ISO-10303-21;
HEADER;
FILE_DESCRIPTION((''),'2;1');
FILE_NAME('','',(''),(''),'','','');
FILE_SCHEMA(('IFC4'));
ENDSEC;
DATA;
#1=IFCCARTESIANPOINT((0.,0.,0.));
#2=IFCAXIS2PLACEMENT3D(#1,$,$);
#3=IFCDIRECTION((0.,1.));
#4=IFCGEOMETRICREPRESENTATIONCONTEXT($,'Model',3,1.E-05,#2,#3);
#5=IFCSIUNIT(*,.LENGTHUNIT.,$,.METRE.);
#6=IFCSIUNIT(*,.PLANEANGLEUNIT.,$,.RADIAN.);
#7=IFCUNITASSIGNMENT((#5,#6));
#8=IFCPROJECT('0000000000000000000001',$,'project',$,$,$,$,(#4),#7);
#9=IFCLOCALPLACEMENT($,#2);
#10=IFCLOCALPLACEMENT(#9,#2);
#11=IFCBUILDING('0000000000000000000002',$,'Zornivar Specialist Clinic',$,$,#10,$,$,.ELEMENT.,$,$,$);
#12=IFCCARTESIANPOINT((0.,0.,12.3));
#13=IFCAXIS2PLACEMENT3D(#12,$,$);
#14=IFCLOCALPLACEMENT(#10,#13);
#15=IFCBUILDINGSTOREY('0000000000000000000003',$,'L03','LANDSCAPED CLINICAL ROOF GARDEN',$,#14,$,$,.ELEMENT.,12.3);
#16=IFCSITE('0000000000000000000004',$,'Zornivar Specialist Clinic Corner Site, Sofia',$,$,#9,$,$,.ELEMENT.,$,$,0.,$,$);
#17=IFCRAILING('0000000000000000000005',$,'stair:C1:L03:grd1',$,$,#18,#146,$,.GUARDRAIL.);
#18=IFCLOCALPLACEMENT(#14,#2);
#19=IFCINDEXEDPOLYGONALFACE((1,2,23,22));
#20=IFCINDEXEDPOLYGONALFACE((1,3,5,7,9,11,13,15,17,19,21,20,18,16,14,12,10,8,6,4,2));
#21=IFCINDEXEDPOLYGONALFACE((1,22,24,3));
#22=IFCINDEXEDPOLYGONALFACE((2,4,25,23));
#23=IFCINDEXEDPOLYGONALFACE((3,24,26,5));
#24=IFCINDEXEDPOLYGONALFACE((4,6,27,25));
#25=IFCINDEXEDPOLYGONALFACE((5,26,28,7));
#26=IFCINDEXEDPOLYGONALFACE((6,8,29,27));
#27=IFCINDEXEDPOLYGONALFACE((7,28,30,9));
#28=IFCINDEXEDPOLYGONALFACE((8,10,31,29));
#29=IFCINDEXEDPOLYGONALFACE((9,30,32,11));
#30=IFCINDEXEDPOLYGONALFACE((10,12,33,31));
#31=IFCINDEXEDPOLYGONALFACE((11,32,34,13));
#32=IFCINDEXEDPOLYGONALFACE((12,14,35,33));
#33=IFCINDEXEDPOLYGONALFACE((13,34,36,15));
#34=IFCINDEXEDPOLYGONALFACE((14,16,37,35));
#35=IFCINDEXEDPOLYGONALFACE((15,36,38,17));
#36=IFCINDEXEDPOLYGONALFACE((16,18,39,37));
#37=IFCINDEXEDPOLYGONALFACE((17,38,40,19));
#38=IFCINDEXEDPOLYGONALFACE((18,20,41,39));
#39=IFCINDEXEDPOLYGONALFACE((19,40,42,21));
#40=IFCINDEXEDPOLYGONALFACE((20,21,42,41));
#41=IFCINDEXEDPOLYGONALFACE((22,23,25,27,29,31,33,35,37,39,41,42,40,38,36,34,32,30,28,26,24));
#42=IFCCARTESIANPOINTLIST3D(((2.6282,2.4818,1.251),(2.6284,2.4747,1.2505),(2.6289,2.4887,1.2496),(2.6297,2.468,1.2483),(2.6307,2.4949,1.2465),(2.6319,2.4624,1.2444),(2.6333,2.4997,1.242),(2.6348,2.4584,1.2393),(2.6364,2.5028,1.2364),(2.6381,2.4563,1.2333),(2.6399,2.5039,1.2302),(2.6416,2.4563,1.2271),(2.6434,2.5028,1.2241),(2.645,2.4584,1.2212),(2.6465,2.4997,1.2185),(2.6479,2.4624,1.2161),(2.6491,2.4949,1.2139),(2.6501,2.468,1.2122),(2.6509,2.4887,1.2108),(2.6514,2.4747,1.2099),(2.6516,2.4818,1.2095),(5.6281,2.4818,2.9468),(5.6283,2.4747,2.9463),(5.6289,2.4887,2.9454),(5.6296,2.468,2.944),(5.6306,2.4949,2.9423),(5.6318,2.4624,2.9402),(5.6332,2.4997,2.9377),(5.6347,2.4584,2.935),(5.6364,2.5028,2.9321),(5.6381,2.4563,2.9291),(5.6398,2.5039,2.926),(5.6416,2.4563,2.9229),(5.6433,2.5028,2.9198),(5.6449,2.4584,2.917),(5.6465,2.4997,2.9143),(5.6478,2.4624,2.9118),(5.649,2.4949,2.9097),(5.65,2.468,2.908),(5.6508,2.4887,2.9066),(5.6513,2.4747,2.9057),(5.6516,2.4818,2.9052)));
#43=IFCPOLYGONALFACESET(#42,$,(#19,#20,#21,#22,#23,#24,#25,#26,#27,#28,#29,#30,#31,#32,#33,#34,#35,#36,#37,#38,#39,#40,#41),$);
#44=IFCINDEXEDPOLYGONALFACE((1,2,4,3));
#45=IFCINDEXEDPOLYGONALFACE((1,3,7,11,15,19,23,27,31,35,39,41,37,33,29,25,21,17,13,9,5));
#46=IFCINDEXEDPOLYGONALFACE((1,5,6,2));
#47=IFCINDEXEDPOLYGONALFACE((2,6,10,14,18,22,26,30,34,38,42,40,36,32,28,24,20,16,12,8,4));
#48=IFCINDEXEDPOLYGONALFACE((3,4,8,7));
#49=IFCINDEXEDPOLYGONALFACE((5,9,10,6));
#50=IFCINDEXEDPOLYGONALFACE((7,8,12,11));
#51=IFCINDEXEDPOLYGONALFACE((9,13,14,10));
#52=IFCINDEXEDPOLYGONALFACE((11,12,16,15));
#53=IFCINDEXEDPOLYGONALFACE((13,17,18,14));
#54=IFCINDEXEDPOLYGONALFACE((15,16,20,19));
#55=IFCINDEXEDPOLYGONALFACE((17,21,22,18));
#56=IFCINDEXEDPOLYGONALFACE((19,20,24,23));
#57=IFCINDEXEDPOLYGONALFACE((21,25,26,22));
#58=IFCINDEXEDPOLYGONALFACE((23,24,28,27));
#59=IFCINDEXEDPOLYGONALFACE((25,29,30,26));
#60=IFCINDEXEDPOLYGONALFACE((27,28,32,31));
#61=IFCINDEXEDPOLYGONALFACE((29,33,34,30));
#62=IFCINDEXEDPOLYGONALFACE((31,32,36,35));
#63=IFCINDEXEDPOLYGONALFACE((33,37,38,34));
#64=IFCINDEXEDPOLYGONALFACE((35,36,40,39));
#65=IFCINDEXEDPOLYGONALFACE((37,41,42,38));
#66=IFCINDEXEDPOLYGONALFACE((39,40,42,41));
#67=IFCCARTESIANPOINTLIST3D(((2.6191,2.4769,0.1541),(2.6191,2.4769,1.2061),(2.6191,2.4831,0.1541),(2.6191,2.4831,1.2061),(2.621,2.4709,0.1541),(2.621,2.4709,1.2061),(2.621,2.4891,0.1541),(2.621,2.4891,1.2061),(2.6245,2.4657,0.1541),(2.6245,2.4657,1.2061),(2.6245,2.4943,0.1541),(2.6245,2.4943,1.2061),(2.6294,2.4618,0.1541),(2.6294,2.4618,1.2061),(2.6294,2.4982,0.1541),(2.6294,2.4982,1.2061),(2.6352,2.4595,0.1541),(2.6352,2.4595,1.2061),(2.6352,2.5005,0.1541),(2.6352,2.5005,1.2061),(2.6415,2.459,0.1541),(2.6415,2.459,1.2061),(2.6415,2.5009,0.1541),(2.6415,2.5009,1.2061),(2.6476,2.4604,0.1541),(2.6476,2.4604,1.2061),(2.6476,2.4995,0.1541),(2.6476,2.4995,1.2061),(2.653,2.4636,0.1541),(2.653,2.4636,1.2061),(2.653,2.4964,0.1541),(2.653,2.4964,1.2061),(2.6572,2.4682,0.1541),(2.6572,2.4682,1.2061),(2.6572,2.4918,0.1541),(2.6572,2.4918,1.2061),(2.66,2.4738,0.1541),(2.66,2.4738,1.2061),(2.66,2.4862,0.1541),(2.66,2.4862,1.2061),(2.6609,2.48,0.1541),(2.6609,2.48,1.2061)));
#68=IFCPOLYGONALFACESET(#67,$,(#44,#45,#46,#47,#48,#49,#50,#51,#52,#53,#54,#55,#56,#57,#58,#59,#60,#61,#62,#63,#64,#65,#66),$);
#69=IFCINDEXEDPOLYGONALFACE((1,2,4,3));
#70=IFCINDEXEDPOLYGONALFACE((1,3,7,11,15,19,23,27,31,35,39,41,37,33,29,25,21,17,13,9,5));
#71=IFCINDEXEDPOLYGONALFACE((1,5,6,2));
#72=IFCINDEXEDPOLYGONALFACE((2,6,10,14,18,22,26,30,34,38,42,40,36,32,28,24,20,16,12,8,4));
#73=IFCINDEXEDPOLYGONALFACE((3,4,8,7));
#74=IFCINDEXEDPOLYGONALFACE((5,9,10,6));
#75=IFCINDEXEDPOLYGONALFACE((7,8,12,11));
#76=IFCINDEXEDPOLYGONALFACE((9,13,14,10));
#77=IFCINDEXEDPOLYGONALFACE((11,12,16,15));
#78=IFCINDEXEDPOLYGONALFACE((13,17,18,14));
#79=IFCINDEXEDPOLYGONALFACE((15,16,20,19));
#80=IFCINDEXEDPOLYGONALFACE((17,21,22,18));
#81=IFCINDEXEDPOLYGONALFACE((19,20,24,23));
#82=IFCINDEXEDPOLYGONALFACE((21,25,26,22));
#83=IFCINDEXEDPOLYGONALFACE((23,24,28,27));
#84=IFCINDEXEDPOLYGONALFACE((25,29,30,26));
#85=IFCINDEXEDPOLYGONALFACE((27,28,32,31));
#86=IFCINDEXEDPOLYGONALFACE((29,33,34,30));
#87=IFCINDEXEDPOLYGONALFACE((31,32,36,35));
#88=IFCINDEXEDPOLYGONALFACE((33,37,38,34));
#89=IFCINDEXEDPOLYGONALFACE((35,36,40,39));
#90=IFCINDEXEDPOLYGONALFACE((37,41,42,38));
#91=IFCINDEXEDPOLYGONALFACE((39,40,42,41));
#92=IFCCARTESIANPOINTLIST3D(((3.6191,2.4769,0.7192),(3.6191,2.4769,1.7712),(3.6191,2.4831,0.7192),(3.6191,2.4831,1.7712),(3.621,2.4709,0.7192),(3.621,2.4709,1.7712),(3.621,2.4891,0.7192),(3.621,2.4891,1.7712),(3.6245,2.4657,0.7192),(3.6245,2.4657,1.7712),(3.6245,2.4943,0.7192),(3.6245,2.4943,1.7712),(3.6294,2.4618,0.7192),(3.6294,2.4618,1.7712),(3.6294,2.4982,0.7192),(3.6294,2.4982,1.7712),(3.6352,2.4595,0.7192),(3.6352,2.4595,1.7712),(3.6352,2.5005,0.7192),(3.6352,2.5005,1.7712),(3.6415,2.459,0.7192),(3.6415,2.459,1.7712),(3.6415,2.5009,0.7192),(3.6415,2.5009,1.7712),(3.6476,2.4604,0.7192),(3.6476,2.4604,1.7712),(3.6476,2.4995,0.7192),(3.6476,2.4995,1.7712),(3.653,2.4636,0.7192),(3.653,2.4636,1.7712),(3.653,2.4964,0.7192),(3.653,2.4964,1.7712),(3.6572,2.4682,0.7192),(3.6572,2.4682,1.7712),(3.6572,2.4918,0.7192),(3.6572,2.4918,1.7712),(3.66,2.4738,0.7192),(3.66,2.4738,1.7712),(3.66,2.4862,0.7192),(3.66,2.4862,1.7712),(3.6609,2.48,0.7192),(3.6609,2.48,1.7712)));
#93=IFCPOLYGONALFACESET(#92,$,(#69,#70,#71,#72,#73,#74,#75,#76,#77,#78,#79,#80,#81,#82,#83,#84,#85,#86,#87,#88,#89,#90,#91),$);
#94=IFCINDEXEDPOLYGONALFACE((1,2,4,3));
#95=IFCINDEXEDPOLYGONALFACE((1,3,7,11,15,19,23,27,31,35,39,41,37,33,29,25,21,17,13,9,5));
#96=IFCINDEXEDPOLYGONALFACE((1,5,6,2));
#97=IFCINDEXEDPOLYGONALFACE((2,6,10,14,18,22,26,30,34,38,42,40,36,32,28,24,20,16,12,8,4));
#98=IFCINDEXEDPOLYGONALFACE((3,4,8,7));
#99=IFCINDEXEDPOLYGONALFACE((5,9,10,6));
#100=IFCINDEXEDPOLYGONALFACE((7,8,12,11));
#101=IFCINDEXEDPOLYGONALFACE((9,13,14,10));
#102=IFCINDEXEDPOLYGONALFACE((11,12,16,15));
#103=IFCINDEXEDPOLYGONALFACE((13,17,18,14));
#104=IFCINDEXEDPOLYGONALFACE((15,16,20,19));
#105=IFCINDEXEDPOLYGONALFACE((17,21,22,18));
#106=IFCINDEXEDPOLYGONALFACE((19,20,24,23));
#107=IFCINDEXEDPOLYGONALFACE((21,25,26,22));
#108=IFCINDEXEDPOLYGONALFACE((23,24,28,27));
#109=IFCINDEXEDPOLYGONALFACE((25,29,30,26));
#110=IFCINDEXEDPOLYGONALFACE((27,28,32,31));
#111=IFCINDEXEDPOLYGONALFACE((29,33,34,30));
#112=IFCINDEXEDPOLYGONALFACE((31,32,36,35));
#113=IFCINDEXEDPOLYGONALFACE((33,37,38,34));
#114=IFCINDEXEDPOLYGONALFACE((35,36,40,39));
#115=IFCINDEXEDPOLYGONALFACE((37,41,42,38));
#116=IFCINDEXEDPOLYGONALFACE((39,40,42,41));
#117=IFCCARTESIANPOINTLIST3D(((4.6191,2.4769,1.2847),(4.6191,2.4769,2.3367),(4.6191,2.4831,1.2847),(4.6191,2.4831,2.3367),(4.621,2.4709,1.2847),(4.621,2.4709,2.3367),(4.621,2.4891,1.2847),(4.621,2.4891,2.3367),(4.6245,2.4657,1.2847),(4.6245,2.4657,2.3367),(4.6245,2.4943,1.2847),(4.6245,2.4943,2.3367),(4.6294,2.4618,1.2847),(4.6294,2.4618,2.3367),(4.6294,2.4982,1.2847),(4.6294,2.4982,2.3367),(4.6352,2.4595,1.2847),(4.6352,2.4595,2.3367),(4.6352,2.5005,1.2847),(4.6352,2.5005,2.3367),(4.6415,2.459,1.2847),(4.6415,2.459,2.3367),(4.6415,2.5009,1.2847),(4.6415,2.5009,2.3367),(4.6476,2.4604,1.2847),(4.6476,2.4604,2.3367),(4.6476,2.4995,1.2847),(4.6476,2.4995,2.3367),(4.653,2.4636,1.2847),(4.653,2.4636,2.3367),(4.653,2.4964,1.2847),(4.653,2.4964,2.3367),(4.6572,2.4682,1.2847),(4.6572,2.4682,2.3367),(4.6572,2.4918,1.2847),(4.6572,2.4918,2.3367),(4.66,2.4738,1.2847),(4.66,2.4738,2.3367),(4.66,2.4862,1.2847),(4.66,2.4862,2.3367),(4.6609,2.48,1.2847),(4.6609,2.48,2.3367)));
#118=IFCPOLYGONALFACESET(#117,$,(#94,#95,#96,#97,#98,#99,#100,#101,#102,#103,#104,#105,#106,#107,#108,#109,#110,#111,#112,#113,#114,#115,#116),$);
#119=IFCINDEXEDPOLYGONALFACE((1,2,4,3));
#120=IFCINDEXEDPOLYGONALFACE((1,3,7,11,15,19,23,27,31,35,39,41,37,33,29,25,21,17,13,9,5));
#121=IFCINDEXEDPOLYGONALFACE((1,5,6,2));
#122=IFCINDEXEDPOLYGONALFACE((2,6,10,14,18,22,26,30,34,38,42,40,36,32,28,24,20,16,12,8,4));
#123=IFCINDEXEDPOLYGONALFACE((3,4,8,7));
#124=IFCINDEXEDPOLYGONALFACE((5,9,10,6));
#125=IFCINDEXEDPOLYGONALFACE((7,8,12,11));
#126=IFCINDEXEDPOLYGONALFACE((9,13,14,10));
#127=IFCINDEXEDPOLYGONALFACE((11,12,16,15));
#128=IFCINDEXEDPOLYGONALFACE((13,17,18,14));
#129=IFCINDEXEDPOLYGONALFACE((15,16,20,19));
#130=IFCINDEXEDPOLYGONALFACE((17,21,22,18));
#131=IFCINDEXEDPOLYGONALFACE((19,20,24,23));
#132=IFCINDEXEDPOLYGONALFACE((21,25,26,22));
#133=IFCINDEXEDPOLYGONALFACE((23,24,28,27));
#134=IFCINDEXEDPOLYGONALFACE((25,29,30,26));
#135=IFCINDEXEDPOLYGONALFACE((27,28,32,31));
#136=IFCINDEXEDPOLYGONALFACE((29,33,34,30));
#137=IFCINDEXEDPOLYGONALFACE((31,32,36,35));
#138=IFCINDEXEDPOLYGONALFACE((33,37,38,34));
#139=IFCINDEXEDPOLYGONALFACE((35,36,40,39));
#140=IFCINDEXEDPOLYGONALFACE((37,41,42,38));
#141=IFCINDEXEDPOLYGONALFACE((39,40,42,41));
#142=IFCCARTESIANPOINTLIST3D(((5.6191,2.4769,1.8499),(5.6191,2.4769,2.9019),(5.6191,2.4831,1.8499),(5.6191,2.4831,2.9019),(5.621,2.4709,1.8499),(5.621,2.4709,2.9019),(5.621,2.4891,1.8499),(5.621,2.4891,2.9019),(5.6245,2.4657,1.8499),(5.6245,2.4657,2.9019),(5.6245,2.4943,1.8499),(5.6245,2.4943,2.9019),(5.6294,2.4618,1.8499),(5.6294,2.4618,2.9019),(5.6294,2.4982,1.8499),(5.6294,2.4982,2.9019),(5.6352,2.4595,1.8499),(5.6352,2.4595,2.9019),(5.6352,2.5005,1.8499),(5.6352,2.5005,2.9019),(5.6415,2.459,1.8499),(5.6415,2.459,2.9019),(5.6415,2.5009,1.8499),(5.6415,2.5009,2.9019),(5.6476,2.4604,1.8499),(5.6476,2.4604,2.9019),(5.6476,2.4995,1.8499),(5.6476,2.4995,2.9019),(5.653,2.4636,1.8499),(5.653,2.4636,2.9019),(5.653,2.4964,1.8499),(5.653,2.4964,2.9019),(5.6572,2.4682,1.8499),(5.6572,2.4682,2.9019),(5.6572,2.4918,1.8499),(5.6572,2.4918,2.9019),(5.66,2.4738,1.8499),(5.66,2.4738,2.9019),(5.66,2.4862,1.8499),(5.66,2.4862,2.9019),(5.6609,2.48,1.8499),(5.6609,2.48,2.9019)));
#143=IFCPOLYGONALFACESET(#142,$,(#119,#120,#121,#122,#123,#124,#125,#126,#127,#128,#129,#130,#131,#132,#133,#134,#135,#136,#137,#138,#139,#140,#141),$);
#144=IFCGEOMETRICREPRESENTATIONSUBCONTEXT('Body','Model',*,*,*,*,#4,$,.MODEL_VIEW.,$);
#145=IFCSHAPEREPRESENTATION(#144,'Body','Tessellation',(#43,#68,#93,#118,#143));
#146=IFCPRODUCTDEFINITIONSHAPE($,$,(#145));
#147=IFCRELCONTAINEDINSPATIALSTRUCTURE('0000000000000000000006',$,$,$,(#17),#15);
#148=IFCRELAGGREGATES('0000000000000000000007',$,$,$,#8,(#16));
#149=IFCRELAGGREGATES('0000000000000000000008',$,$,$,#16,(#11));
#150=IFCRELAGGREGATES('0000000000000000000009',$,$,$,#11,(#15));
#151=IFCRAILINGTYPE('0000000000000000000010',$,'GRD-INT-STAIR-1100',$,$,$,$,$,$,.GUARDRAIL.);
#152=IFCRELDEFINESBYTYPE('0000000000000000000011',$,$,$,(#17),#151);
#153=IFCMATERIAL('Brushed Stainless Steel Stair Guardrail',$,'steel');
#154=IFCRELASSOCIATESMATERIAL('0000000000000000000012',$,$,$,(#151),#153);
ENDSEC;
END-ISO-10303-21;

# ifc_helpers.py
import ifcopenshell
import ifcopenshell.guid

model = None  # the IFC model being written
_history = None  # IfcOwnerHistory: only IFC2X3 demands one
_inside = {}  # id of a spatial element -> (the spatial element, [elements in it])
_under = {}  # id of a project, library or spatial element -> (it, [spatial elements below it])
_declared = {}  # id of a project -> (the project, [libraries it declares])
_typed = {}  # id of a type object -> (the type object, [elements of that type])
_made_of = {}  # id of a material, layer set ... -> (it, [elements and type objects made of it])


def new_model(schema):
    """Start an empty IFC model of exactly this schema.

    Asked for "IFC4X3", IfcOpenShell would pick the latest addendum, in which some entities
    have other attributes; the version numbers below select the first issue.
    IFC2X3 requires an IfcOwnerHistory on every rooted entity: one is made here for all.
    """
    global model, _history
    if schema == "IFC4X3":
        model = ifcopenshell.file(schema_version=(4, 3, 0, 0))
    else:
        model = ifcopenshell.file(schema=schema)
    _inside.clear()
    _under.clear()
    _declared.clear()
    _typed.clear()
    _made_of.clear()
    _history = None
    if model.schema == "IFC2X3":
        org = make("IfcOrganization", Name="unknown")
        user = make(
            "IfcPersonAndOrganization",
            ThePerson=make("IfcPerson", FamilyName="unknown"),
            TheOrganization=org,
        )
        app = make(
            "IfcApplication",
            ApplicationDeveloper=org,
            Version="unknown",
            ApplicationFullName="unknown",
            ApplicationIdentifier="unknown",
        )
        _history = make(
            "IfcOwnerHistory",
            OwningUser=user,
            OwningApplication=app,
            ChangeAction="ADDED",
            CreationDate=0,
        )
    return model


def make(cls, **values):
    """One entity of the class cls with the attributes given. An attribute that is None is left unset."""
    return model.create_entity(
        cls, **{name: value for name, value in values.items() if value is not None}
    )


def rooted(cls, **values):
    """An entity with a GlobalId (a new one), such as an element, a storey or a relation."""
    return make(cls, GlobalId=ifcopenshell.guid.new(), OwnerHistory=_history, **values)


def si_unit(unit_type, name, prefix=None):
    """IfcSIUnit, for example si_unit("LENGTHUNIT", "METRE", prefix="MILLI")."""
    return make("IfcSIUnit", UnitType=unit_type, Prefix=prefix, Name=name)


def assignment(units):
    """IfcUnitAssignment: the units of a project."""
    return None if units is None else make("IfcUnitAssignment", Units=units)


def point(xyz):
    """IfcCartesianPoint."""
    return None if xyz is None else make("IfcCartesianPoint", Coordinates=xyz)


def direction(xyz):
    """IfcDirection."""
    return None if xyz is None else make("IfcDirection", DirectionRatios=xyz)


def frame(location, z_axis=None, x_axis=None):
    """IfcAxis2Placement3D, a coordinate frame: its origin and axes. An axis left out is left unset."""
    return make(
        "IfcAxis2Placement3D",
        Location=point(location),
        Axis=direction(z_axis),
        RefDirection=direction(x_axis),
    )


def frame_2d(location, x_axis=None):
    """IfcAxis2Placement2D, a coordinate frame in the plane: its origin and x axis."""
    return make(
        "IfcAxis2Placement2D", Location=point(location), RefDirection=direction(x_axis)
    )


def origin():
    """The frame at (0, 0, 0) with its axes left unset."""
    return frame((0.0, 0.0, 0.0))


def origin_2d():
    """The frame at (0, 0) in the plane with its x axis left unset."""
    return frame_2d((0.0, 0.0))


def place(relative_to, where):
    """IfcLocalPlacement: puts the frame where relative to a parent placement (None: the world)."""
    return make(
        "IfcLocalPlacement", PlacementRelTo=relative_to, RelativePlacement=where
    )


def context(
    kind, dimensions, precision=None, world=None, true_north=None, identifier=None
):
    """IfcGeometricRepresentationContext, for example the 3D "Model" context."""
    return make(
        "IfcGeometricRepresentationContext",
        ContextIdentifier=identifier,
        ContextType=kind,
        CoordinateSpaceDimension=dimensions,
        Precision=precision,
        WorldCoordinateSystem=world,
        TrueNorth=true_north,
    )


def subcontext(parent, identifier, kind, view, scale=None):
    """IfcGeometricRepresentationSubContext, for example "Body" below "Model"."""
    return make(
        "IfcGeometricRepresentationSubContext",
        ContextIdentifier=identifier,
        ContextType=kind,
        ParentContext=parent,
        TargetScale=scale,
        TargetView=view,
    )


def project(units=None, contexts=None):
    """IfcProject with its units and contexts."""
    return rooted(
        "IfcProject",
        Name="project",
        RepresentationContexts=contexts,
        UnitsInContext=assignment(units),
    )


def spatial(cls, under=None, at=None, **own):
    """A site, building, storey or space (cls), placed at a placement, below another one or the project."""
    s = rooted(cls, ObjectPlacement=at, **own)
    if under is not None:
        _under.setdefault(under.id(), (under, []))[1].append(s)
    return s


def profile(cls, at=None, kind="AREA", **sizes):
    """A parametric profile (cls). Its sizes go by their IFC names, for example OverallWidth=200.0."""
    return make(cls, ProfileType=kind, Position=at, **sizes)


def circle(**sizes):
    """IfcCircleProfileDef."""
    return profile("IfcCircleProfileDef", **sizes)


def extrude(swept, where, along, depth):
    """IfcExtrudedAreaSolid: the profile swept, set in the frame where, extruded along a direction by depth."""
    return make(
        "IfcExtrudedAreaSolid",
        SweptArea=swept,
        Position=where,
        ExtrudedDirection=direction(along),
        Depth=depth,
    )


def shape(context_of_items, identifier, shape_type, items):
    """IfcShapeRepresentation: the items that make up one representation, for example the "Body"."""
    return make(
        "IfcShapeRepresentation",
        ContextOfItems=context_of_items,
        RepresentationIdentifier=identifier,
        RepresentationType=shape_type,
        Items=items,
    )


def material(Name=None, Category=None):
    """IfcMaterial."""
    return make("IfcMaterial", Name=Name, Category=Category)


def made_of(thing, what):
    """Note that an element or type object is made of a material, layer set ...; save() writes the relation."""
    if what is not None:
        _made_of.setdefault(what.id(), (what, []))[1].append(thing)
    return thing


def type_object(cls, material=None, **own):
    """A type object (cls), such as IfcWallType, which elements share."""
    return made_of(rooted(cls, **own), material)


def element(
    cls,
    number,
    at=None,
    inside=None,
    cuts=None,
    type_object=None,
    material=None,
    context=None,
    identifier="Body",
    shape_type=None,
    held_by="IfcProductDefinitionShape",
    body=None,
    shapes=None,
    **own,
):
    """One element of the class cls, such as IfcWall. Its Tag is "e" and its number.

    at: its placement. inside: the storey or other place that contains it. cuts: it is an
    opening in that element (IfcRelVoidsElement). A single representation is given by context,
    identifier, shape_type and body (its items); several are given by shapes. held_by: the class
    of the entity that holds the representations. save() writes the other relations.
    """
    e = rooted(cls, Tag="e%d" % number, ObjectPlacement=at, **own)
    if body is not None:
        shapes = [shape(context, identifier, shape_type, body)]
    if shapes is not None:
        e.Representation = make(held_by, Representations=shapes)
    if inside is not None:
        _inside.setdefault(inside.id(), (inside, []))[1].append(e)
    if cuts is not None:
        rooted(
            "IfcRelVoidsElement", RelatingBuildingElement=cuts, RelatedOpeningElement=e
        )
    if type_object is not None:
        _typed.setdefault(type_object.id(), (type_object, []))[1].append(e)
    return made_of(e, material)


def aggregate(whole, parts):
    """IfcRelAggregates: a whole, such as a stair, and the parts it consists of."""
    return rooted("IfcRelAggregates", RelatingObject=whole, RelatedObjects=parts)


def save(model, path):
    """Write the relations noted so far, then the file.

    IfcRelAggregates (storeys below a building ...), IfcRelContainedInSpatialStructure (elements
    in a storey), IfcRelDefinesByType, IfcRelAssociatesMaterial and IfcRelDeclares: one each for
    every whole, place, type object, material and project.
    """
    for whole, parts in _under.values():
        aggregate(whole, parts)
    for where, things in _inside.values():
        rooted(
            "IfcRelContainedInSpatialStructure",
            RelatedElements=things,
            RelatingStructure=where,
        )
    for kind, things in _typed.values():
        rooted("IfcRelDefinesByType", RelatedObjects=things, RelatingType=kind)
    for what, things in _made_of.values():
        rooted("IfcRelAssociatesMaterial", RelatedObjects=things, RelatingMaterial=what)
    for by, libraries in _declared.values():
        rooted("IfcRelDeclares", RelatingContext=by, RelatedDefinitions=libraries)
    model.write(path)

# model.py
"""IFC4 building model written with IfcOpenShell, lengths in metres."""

from ifc_helpers import new_model, si_unit, direction, frame, origin, origin_2d, place, context, subcontext, project, spatial, circle, extrude, material, type_object, element, save


model = new_model("IFC4")

# Units and contexts
model_context = context("Model", 3, precision=1e-05, world=origin(), true_north=direction((0.0, 1.0)))
body_context = subcontext(model_context, "Body", "Model", "MODEL_VIEW")
ifc_project = project(units=[si_unit("LENGTHUNIT", "METRE"), si_unit("PLANEANGLEUNIT", "RADIAN")], contexts=[model_context])

# Site, building, storey
site_placement = place(None, origin())
site = spatial("IfcSite", under=ifc_project, at=site_placement, Name="Zornivar Specialist Clinic Corner Site, Sofia", CompositionType="ELEMENT", RefElevation=0.0)
building_placement = place(site_placement, origin())
building = spatial("IfcBuilding", under=site, at=building_placement, Name="Zornivar Specialist Clinic", CompositionType="ELEMENT")
storey_placement = place(building_placement, frame((0.0, 0.0, 12.3)))
storey = spatial("IfcBuildingStorey", under=building, at=storey_placement, Name="L03", Description="LANDSCAPED CLINICAL ROOF GARDEN", CompositionType="ELEMENT", Elevation=12.3)

# Railing
ifc_material_1 = material(Name="Brushed Stainless Steel Stair Guardrail", Category="steel")
railing_type_1 = type_object("IfcRailingType", Name="GRD-INT-STAIR-1100", PredefinedType="GUARDRAIL", material=ifc_material_1)
railing_1_placement = place(storey_placement, frame((2.6399, 2.48, 0.1541)))
element("IfcRailing", 1, at=railing_1_placement, inside=storey, type_object=railing_type_1, Name="stair:C1:L03:grd1", PredefinedType="GUARDRAIL", context=body_context, shape_type="SweptSolid", body=[
    extrude(circle(Radius=0.0239, at=origin_2d()), frame((0.0, 0.0, 1.0762), z_axis=(0.870544, 0.0, 0.49209), x_axis=(0.0, 1.0, 0.0)), (0.0, 0.0, 1.0), 3.446),
    extrude(circle(Radius=0.021, at=origin_2d()), origin(), (0.0, 0.0, 1.0), 1.052),
    extrude(circle(Radius=0.021, at=origin_2d()), frame((1.0, 0.0, 0.5652)), (0.0, 0.0, 1.0), 1.052),
    extrude(circle(Radius=0.021, at=origin_2d()), frame((2.0, 0.0, 1.1306)), (0.0, 0.0, 1.0), 1.052),
    extrude(circle(Radius=0.021, at=origin_2d()), frame((3.0, 0.0, 1.6958)), (0.0, 0.0, 1.0), 1.052),
])

save(model, "model.ifc")
